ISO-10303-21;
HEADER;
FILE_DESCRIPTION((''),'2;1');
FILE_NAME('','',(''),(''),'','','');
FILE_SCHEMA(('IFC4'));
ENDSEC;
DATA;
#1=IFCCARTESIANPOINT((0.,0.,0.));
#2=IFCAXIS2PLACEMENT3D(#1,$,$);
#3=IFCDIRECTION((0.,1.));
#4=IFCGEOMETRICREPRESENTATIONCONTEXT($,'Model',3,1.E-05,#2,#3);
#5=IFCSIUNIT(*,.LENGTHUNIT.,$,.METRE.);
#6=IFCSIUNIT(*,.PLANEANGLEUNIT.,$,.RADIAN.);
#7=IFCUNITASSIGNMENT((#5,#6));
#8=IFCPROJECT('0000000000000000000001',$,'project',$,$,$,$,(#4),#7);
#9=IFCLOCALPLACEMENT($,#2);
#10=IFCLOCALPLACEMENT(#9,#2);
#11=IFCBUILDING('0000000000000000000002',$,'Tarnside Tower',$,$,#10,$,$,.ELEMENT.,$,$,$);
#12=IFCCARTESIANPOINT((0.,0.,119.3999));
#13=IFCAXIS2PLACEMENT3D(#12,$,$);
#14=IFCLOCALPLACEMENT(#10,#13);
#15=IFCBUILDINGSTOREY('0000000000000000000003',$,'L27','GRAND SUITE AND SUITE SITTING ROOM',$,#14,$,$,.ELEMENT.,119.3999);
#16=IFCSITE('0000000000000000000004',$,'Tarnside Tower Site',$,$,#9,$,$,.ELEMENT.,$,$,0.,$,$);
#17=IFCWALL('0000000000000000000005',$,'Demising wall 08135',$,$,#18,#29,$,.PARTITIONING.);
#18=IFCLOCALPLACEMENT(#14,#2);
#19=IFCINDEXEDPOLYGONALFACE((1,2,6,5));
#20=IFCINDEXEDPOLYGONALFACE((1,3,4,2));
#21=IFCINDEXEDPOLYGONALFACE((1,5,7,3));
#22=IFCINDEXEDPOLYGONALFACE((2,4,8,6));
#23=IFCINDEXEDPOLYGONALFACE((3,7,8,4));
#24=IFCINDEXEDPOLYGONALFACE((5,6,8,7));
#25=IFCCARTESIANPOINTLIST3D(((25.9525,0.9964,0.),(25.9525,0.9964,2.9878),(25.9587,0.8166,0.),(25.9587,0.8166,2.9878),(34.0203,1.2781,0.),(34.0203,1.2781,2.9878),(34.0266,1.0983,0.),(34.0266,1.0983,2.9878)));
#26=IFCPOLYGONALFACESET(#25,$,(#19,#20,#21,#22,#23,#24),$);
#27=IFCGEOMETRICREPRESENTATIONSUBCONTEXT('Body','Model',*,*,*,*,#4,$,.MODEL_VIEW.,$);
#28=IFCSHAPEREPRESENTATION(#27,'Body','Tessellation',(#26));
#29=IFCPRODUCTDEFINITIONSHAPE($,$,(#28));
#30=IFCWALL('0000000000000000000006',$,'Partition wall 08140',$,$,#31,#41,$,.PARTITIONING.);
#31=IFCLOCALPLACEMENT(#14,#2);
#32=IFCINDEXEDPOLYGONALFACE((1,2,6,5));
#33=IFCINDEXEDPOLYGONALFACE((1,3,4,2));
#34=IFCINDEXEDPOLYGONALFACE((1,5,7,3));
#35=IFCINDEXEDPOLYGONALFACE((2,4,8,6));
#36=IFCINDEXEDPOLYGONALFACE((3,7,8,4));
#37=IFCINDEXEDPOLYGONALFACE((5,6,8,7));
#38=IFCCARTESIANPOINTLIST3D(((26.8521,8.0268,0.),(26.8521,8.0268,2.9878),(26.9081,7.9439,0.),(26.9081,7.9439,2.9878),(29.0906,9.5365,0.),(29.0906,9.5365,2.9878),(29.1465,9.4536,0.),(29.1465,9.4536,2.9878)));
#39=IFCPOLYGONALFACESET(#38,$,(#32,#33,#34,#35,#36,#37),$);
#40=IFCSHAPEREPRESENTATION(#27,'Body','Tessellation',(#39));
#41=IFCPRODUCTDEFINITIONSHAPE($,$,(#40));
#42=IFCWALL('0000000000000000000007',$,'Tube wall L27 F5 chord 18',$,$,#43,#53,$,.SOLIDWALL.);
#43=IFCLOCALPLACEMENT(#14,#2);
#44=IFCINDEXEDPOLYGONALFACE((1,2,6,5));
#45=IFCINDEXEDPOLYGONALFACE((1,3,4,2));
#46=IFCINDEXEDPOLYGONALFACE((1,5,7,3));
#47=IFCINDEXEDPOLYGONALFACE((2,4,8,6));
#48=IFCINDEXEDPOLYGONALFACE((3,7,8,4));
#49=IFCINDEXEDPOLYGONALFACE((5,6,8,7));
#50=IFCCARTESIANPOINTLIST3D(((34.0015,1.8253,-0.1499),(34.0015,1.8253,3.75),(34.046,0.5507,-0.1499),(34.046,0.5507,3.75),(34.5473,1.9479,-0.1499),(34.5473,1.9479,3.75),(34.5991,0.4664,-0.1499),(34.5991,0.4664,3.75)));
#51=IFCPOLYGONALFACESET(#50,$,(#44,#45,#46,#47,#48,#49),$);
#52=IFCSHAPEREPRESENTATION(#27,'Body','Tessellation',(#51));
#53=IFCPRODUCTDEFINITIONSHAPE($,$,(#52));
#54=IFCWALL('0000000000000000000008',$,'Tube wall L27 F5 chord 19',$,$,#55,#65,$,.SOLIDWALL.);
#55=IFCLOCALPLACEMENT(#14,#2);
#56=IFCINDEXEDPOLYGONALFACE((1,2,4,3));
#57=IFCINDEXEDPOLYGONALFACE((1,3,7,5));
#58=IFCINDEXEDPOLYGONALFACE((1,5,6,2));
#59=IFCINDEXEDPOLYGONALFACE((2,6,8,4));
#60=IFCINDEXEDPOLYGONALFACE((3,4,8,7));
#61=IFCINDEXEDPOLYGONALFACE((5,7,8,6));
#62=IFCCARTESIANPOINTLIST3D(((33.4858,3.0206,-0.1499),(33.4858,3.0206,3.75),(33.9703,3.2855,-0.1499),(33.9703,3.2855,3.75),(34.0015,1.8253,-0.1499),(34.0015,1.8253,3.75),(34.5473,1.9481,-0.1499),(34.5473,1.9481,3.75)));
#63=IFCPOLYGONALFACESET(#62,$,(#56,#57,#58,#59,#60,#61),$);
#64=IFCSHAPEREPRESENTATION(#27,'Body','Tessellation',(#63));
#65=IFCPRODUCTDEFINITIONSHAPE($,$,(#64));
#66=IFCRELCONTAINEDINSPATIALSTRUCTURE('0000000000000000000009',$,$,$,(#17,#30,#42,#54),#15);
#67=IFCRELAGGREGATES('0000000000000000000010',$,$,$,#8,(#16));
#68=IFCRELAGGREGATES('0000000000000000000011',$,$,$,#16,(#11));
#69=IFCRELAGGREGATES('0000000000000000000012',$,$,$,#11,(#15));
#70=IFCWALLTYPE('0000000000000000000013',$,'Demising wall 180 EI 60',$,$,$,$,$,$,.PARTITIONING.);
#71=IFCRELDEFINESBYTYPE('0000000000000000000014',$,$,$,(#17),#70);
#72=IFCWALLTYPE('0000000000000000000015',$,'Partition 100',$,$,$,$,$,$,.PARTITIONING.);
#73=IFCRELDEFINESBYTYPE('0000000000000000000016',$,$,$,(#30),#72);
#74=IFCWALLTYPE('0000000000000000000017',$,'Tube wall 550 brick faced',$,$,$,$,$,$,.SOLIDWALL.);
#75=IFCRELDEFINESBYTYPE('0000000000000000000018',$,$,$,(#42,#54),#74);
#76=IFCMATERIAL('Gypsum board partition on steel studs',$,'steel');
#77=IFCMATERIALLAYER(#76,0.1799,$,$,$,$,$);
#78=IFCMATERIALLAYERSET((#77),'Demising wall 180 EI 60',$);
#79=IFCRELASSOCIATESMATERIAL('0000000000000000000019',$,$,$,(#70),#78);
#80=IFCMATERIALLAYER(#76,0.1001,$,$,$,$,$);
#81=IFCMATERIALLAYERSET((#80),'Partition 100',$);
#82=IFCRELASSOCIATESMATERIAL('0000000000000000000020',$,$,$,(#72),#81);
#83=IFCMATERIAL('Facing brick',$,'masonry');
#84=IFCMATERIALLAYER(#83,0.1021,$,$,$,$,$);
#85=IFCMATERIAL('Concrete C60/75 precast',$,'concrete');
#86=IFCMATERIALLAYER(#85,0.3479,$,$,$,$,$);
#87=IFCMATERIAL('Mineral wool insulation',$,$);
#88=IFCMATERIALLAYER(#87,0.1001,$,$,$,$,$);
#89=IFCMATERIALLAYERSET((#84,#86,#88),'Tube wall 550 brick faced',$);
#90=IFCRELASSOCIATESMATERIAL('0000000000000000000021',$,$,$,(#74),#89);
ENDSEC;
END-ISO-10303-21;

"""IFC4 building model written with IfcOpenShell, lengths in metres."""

from ifc_helpers import new_model, si_unit, direction, frame, frame_2d, origin, place, context, subcontext, project, spatial, polyline, rectangle, outline, extrude, material, layer, layer_set, type_object, element, save


model = new_model("IFC4")

# Units and contexts
model_context = context("Model", 3, precision=1e-05, world=origin(), true_north=direction((0.0, 1.0)))
body_context = subcontext(model_context, "Body", "Model", "MODEL_VIEW")
ifc_project = project(units=[si_unit("LENGTHUNIT", "METRE"), si_unit("PLANEANGLEUNIT", "RADIAN")], contexts=[model_context])

# Site, building, storey
site_placement = place(None, origin())
site = spatial("IfcSite", under=ifc_project, at=site_placement, Name="Tarnside Tower Site", CompositionType="ELEMENT", RefElevation=0.0)
building_placement = place(site_placement, origin())
building = spatial("IfcBuilding", under=site, at=building_placement, Name="Tarnside Tower", CompositionType="ELEMENT")
storey_placement = place(building_placement, frame((0.0, 0.0, 119.3999)))
storey = spatial("IfcBuildingStorey", under=building, at=storey_placement, Name="L27", Description="GRAND SUITE AND SUITE SITTING ROOM", CompositionType="ELEMENT", Elevation=119.3999)

# Walls
ifc_material_1 = material(Name="Gypsum board partition on steel studs", Category="steel")
ifc_layer_1 = layer(ifc_material_1, 0.1799)
ifc_layer_set_1 = layer_set([ifc_layer_1], Name="Demising wall 180 EI 60")
wall_type_1 = type_object("IfcWallType", Name="Demising wall 180 EI 60", PredefinedType="PARTITIONING", material=ifc_layer_set_1)
wall_1_placement = place(storey_placement, frame((34.0234, 1.1882, 0.0), z_axis=(0.0, 0.0, 1.0), x_axis=(-0.999391, -0.0349, 0.0)))
element("IfcWall", 1, at=wall_1_placement, inside=storey, type_object=wall_type_1, Name="Demising wall 08135", PredefinedType="PARTITIONING", context=body_context, shape_type="SweptSolid", body=[
    extrude(rectangle(XDim=8.0728, YDim=0.1799, at=frame_2d((4.0364, 0.0))), origin(), (0.0, 0.0, 1.0), 2.9878),
])
ifc_layer_2 = layer(ifc_material_1, 0.1001)
ifc_layer_set_2 = layer_set([ifc_layer_2], Name="Partition 100")
wall_type_2 = type_object("IfcWallType", Name="Partition 100", PredefinedType="PARTITIONING", material=ifc_layer_set_2)
wall_2_placement = place(storey_placement, frame((29.1187, 9.4951, 0.0), z_axis=(0.0, 0.0, 1.0), x_axis=(-0.829061, -0.559158, 0.0)))
element("IfcWall", 2, at=wall_2_placement, inside=storey, type_object=wall_type_2, Name="Partition wall 08140", PredefinedType="PARTITIONING", context=body_context, shape_type="SweptSolid", body=[
    extrude(rectangle(XDim=2.7, YDim=0.1001, at=frame_2d((1.3501, 0.0))), origin(), (0.0, 0.0, 1.0), 2.9878),
])
ifc_material_2 = material(Name="Facing brick", Category="masonry")
ifc_layer_3 = layer(ifc_material_2, 0.1021)
ifc_material_3 = material(Name="Concrete C60/75 precast", Category="concrete")
ifc_layer_4 = layer(ifc_material_3, 0.3479)
ifc_material_4 = material(Name="Mineral wool insulation")
ifc_layer_5 = layer(ifc_material_4, 0.1001)
ifc_layer_set_3 = layer_set([ifc_layer_3, ifc_layer_4, ifc_layer_5], Name="Tube wall 550 brick faced")
wall_type_3 = type_object("IfcWallType", Name="Tube wall 550 brick faced", PredefinedType="SOLIDWALL", material=ifc_layer_set_3)
wall_3_placement = place(storey_placement, frame((34.3225, 0.5085, -0.1499), z_axis=(0.0, 0.0, 1.0), x_axis=(-0.034877, 0.999392, 0.0)))
element("IfcWall", 3, at=wall_3_placement, inside=storey, type_object=wall_type_3, Name="Tube wall L27 F5 chord 18", PredefinedType="SOLIDWALL", context=body_context, shape_type="SweptSolid", body=[
    extrude(outline(polyline([(-0.0518, -0.2749), (1.4307, -0.2749), (1.3271, 0.2749), (0.0518, 0.2749), (-0.0518, -0.2749)])), origin(), (0.0, 0.0, 1.0), 3.8999),
])
wall_4_placement = place(storey_placement, frame((34.2744, 1.8867, -0.1499), z_axis=(0.0, 0.0, 1.0), x_axis=(-0.396161, 0.918181, 0.0)))
element("IfcWall", 4, at=wall_4_placement, inside=storey, type_object=wall_type_3, Name="Tube wall L27 F5 chord 19", PredefinedType="SOLIDWALL", context=body_context, shape_type="SweptSolid", body=[
    extrude(outline(polyline([(-0.0518, -0.2749), (1.4048, -0.2749), (1.3535, 0.2749), (0.0518, 0.2749), (-0.0518, -0.2749)])), origin(), (0.0, 0.0, 1.0), 3.8999),
])

save(model, "model.ifc")
